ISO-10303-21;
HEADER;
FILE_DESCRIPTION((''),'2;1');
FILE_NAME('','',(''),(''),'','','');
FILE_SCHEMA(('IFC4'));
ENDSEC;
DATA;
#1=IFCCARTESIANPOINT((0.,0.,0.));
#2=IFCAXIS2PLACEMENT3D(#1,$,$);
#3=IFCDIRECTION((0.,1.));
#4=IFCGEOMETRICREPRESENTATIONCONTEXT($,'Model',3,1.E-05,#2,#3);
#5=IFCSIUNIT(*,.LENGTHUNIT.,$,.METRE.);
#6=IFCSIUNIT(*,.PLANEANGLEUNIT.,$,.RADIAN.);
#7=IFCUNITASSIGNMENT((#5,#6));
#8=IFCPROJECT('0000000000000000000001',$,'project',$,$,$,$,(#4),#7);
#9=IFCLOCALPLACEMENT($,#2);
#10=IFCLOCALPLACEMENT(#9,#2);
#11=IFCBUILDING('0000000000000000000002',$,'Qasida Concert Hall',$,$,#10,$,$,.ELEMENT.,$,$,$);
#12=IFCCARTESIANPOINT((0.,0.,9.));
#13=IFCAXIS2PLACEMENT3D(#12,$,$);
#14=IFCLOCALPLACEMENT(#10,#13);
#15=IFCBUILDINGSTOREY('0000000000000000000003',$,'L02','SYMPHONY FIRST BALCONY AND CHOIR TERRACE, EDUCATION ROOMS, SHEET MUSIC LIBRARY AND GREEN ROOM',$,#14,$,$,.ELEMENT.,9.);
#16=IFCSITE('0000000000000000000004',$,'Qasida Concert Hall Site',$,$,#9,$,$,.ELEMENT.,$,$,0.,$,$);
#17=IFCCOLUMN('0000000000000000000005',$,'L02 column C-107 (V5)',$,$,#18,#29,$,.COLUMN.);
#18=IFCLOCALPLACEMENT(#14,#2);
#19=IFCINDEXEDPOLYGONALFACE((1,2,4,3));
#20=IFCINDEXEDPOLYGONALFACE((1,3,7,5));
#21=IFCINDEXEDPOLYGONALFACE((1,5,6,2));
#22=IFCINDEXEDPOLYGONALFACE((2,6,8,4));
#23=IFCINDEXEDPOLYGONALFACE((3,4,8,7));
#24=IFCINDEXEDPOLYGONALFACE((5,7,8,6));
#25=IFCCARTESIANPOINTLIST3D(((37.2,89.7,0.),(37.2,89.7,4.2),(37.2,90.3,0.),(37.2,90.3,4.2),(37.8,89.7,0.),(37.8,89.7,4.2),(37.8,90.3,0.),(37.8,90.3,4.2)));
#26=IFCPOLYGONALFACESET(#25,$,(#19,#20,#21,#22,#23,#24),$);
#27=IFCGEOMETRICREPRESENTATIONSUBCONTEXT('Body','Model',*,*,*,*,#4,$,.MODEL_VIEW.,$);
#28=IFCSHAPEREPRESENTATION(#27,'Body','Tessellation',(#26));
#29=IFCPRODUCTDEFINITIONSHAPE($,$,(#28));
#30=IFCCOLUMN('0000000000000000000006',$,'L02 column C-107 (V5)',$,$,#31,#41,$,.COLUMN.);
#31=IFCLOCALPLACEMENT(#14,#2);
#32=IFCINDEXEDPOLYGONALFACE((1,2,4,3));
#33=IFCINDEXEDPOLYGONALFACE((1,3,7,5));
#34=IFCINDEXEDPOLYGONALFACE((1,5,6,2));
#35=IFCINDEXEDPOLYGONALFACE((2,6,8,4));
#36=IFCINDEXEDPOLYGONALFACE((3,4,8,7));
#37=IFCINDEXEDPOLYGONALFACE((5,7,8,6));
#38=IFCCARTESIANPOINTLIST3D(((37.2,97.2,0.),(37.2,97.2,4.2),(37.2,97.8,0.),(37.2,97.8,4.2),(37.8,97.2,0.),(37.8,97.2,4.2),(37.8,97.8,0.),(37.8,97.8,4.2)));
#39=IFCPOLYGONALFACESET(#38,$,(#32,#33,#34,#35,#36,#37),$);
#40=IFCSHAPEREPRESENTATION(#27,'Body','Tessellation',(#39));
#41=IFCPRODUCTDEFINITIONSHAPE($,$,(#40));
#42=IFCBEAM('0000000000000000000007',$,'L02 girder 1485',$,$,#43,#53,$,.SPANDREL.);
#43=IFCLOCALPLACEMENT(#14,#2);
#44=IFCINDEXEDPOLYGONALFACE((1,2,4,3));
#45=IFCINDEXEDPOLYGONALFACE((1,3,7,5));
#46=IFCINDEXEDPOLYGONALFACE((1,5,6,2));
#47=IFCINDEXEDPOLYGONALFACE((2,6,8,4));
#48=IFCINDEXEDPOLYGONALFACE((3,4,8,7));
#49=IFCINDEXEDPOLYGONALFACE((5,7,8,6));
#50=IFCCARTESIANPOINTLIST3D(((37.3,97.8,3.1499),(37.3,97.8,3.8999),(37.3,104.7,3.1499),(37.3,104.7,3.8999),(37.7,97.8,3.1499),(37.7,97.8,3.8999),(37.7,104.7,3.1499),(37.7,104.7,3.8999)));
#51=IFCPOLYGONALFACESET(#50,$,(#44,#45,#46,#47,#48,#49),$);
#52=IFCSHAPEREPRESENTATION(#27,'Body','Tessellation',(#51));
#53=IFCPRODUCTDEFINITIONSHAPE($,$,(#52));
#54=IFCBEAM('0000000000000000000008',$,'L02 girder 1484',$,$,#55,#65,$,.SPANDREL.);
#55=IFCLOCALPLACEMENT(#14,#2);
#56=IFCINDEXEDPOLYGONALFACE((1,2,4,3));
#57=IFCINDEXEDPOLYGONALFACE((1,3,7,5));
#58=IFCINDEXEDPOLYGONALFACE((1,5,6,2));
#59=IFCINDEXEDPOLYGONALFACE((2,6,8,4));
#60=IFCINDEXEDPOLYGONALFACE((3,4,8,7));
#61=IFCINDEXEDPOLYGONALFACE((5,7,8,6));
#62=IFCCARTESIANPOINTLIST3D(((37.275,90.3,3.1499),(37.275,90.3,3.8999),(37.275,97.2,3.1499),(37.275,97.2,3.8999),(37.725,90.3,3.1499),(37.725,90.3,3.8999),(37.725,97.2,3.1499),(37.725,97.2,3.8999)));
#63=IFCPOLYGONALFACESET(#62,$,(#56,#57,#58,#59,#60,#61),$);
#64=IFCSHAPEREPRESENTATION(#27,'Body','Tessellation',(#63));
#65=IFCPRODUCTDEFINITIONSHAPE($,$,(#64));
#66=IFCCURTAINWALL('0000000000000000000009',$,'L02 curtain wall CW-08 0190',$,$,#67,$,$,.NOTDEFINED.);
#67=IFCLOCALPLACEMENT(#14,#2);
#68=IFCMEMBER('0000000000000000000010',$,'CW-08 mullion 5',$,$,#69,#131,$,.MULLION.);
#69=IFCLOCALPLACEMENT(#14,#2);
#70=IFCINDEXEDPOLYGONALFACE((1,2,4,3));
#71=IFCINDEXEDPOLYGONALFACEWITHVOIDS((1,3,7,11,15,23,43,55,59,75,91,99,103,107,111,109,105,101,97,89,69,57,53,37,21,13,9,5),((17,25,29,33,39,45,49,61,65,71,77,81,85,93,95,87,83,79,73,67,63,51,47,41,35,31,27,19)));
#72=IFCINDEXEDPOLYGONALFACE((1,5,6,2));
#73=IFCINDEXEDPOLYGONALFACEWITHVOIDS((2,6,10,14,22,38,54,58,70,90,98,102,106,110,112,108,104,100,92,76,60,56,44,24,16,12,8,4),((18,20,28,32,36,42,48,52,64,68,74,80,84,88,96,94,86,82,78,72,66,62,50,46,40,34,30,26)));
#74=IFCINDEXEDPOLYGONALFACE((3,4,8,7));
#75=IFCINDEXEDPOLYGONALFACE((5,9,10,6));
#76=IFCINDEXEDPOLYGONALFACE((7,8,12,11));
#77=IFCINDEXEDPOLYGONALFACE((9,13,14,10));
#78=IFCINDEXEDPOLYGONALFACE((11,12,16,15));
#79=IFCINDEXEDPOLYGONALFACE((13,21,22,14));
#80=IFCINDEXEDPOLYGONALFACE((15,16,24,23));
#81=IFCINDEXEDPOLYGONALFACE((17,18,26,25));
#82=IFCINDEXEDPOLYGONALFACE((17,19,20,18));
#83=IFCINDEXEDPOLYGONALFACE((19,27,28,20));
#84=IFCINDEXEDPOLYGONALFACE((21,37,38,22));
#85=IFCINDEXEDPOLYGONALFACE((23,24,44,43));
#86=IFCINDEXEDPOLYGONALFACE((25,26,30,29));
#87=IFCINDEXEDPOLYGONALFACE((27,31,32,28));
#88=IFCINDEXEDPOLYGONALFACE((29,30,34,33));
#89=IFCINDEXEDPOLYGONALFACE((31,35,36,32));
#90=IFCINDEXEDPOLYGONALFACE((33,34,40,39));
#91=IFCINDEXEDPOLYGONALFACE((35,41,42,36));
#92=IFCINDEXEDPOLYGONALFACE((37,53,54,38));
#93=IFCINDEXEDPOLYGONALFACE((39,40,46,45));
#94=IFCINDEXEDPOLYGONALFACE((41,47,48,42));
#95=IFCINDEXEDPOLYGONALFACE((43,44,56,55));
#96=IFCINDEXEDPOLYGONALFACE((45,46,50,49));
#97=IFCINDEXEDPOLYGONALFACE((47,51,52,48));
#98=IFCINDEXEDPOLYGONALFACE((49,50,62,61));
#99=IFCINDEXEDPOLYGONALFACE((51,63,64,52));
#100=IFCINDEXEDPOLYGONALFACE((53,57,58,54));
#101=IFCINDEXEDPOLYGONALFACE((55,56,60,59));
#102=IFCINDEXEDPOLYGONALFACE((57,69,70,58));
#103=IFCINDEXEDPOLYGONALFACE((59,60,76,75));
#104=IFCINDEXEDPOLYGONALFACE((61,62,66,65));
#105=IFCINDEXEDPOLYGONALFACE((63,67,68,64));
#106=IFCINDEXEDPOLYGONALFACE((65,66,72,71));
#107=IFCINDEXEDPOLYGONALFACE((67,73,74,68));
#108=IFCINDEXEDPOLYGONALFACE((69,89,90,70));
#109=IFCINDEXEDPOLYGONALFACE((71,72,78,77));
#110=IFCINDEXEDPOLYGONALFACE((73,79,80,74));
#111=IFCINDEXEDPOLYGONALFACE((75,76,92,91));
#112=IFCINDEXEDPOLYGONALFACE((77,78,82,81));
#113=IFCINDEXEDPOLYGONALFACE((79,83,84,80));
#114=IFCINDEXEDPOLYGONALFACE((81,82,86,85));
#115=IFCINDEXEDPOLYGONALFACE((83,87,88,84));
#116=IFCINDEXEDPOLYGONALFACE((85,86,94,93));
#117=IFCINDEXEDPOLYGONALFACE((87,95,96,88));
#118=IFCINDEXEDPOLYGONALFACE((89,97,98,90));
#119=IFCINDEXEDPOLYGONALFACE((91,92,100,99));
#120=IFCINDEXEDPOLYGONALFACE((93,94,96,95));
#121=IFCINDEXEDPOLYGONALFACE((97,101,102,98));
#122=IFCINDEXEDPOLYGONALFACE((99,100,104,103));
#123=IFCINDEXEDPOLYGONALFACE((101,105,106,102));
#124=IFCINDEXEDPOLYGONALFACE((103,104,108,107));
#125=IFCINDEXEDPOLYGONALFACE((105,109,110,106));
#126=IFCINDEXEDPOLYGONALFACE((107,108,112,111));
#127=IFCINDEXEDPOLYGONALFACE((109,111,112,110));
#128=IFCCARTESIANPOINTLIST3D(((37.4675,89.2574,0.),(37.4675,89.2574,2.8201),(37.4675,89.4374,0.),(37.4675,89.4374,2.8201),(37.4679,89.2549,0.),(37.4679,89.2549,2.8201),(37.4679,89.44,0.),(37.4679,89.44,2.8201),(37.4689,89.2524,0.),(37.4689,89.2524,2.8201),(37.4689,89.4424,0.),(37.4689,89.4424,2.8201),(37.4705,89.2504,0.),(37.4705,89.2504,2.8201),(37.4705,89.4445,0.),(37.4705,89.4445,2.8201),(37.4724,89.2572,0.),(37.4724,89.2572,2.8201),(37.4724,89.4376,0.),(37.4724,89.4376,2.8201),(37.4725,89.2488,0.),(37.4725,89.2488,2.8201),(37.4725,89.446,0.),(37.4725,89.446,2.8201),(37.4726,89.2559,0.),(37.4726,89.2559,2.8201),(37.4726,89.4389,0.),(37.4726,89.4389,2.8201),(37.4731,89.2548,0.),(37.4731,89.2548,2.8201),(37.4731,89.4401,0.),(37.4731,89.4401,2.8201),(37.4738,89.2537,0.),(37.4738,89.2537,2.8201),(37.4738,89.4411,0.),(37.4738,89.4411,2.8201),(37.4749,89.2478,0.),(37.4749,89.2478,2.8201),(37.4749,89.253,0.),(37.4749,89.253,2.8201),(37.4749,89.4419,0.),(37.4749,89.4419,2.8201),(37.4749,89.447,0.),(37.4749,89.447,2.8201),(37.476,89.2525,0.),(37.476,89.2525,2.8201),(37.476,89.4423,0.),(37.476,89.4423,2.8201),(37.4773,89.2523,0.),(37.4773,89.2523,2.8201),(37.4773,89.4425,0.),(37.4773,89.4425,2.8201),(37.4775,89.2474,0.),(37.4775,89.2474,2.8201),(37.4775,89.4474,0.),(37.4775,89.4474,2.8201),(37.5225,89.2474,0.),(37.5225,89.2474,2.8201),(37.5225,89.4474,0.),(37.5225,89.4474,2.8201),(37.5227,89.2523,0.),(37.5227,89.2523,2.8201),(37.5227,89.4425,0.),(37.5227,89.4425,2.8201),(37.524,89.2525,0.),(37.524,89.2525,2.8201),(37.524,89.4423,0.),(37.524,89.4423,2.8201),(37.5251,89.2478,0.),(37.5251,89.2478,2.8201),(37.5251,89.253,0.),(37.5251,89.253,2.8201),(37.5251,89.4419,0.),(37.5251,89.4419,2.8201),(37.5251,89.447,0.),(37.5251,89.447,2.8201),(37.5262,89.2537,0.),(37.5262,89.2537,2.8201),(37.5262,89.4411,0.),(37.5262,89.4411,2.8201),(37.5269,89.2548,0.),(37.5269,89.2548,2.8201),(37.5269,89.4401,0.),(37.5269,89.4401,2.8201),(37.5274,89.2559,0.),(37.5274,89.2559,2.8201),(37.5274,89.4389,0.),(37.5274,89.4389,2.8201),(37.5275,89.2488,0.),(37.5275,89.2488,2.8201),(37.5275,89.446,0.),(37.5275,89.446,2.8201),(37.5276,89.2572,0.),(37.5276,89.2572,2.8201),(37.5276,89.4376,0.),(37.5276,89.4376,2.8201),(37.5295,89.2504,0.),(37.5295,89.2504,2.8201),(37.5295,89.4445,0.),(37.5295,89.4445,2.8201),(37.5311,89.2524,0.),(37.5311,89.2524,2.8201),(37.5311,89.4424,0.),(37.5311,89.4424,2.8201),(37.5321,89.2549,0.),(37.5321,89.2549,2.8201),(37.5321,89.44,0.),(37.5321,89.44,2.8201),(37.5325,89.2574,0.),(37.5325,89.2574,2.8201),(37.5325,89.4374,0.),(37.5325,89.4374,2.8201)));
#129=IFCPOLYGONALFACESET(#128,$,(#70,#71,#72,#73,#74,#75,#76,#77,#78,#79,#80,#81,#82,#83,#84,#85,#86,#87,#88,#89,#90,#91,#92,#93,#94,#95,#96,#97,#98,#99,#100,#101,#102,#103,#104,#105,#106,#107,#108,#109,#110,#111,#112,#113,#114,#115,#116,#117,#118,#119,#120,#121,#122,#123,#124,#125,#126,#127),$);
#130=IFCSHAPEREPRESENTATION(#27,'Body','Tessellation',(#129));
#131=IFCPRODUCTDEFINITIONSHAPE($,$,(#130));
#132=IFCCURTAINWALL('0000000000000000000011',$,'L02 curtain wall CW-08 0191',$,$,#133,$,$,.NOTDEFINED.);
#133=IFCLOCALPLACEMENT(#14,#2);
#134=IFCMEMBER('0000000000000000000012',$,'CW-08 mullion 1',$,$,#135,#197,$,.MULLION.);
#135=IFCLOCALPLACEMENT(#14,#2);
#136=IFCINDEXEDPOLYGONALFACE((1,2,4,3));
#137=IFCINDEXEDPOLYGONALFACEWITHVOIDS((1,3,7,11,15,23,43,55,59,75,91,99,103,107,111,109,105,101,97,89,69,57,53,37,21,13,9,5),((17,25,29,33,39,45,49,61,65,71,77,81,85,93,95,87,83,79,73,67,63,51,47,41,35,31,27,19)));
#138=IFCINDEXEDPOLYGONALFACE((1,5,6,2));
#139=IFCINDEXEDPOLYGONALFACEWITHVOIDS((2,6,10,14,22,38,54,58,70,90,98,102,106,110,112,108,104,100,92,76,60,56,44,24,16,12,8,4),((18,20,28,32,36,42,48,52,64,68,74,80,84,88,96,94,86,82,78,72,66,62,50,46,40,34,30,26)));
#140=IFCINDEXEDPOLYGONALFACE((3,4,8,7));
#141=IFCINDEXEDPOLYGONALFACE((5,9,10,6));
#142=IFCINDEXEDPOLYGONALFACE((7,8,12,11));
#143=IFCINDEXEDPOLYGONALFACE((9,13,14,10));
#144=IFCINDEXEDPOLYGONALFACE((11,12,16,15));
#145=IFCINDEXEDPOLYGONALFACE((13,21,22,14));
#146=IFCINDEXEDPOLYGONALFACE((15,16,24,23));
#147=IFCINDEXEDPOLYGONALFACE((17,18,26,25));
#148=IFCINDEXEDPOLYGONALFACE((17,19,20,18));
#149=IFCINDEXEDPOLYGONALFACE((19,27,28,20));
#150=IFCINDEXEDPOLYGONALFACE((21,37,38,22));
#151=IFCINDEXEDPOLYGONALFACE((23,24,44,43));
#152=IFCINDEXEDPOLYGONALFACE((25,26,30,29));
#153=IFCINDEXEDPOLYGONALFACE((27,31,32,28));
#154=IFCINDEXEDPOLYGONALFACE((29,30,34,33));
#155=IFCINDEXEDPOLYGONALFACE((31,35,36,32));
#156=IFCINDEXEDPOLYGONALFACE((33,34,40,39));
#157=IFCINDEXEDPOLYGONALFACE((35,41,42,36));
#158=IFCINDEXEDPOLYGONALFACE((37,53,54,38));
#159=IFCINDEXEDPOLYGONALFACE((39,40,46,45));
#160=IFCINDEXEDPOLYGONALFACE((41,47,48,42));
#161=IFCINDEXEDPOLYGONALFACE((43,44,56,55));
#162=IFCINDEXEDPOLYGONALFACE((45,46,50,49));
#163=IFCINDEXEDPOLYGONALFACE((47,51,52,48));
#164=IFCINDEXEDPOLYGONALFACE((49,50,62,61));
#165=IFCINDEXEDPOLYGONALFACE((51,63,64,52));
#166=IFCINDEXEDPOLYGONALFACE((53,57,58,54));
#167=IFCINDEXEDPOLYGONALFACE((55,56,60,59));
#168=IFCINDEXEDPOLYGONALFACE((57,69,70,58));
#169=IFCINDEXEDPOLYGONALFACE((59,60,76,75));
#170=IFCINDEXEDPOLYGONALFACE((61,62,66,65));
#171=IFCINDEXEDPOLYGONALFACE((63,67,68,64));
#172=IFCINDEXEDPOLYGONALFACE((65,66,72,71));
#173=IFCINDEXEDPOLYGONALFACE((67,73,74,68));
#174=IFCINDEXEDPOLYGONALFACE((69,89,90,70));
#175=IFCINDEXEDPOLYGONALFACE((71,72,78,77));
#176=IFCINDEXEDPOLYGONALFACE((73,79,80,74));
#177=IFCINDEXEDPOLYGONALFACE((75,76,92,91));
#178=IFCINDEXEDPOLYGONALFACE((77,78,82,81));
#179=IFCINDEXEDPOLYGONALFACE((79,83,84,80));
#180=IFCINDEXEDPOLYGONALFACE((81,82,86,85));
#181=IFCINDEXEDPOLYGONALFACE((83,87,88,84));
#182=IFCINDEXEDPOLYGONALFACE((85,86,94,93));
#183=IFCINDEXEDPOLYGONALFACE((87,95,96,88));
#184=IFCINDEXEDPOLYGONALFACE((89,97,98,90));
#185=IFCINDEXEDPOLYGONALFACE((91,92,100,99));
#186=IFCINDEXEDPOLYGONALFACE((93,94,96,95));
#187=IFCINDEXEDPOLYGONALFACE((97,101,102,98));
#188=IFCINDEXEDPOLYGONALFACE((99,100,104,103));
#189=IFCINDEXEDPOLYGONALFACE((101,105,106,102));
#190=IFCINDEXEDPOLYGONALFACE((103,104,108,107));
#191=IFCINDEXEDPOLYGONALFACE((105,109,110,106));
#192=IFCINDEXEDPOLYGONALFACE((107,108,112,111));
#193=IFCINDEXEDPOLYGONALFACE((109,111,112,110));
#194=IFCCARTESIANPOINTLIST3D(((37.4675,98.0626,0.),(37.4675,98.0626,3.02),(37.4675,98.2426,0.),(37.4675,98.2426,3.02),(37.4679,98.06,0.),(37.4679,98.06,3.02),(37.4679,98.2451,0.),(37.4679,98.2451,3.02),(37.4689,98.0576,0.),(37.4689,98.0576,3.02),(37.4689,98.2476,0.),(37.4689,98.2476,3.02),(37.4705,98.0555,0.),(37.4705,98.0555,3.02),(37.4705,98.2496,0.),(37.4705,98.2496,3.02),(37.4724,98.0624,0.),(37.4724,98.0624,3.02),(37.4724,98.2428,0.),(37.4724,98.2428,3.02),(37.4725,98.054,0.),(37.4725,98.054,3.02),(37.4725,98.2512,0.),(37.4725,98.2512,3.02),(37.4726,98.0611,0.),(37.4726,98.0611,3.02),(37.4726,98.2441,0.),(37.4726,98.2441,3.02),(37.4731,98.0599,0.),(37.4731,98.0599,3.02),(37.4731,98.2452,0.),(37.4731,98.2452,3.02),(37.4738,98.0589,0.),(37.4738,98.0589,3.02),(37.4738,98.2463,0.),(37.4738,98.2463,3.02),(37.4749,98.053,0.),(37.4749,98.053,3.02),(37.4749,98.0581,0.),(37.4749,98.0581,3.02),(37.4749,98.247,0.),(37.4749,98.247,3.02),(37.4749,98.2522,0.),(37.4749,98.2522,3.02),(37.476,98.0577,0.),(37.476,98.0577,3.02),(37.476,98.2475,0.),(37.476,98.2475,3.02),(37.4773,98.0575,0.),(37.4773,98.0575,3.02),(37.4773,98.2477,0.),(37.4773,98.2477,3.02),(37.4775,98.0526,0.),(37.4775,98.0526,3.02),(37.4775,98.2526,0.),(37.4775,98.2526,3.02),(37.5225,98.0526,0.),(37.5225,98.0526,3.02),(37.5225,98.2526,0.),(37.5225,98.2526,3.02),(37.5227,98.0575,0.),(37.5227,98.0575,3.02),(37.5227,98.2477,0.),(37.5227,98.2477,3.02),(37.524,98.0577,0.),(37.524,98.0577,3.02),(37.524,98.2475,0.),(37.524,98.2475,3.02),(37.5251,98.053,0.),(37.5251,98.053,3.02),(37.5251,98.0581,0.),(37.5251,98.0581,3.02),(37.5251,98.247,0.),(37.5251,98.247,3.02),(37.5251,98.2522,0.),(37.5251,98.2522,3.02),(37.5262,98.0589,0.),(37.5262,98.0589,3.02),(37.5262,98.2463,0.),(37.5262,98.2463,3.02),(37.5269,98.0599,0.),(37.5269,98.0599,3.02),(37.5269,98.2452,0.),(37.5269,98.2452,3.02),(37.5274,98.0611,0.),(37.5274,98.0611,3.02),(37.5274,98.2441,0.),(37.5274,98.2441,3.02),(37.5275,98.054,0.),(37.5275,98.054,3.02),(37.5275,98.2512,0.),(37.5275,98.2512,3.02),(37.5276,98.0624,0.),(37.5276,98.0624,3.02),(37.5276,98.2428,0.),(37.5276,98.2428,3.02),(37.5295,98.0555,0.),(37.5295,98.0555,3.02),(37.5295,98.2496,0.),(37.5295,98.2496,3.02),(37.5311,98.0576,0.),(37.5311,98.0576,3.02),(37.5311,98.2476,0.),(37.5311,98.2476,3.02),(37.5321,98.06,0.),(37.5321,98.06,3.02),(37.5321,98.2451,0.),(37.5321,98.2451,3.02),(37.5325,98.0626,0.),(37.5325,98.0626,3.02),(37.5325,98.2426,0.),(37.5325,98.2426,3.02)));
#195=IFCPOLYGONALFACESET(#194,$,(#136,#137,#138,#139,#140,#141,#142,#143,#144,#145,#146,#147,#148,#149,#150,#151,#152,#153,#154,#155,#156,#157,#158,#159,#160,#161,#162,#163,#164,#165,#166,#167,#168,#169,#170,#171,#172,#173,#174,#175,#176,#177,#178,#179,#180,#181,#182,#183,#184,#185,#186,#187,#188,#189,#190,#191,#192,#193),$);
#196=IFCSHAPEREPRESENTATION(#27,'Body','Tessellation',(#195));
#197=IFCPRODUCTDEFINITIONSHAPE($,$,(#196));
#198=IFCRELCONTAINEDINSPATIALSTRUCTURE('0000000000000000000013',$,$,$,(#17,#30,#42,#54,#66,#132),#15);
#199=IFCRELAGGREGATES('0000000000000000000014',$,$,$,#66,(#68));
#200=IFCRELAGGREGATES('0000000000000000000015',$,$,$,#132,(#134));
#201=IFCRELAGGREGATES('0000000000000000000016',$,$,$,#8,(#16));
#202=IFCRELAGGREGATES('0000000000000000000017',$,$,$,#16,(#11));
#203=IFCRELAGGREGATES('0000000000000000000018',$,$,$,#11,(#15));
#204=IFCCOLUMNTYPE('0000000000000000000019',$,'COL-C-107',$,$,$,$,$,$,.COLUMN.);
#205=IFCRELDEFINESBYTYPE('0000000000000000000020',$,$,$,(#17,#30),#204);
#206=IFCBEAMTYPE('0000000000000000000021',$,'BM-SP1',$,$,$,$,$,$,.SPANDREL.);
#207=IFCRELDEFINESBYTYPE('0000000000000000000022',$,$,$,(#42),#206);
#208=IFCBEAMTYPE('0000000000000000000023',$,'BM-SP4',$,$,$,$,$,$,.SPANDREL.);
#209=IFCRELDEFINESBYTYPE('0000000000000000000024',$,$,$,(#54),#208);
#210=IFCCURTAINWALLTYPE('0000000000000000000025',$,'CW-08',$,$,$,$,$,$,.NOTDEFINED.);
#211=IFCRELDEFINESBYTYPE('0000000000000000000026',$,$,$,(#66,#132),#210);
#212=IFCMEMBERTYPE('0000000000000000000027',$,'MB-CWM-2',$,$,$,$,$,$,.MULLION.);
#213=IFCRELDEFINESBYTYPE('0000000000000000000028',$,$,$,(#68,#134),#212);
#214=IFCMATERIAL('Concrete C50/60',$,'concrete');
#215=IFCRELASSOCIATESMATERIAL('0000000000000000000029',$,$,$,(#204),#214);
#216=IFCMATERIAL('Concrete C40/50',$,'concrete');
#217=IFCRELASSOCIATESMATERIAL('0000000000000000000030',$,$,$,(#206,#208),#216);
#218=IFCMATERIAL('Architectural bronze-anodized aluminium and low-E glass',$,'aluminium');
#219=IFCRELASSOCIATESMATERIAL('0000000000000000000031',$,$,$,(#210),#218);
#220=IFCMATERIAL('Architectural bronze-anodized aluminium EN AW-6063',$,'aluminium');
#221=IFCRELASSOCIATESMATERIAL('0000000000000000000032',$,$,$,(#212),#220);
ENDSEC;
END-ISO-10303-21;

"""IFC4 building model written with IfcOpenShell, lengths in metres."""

from ifc_helpers import new_model, si_unit, direction, frame, origin, origin_2d, place, context, subcontext, project, spatial, rectangle, hollow_rectangle, extrude, material, material_profile, profile_set, type_object, element, aggregate, save


model = new_model("IFC4")

# Units and contexts
model_context = context("Model", 3, precision=1e-05, world=origin(), true_north=direction((0.0, 1.0)))
body_context = subcontext(model_context, "Body", "Model", "MODEL_VIEW")
ifc_project = project(units=[si_unit("LENGTHUNIT", "METRE"), si_unit("PLANEANGLEUNIT", "RADIAN")], contexts=[model_context])

# Site, building, storey
site_placement = place(None, origin())
site = spatial("IfcSite", under=ifc_project, at=site_placement, Name="Qasida Concert Hall Site", CompositionType="ELEMENT", RefElevation=0.0)
building_placement = place(site_placement, origin())
building = spatial("IfcBuilding", under=site, at=building_placement, Name="Qasida Concert Hall", CompositionType="ELEMENT")
storey_placement = place(building_placement, frame((0.0, 0.0, 9.0)))
storey = spatial("IfcBuildingStorey", under=building, at=storey_placement, Name="L02", Description="SYMPHONY FIRST BALCONY AND CHOIR TERRACE, EDUCATION ROOMS, SHEET MUSIC LIBRARY AND GREEN ROOM", CompositionType="ELEMENT", Elevation=9.0)

# Columns
ifc_material_1 = material(Name="Concrete C50/60", Category="concrete")
ifc_material_profile_1 = material_profile(ifc_material_1, rectangle(XDim=0.6001, YDim=0.6001, at=origin_2d()), Name="RC 600x600")
ifc_profile_set_1 = profile_set([ifc_material_profile_1], Name="Concrete C50/60")
column_type = type_object("IfcColumnType", Name="COL-C-107", PredefinedType="COLUMN", material=ifc_profile_set_1)
for number, where, z_axis, x_axis, name in (
    (1, (37.5, 90.0, 0.0), (0.0, 0.0, 1.0), (1.0, 0.0, 0.0), "L02 column C-107 (V5)"),
    (2, (37.5, 97.5, 0.0), (0.0, 0.0, 1.0), (1.0, 0.0, 0.0), "L02 column C-107 (V5)"),
):
    element("IfcColumn", number, at=place(storey_placement, frame(where, z_axis=z_axis, x_axis=x_axis)), inside=storey, type_object=column_type, Name=name, PredefinedType="COLUMN", context=body_context, shape_type="SweptSolid", body=[
        extrude(rectangle(XDim=0.6001, YDim=0.6001, at=origin_2d()), origin(), (0.0, 0.0, 1.0), 4.2),
    ])

# Beams
ifc_material_2 = material(Name="Concrete C40/50", Category="concrete")
ifc_material_profile_2 = material_profile(ifc_material_2, rectangle(XDim=0.3999, YDim=0.75, at=origin_2d()), Name="RC 400x750")
ifc_profile_set_2 = profile_set([ifc_material_profile_2], Name="Concrete C40/50")
beam_type_1 = type_object("IfcBeamType", Name="BM-SP1", PredefinedType="SPANDREL", material=ifc_profile_set_2)
beam_1_placement = place(storey_placement, frame((37.5, 97.8, 3.5249), z_axis=(0.0, 1.0, 0.0), x_axis=(-1.0, 0.0, 0.0)))
element("IfcBeam", 3, at=beam_1_placement, inside=storey, type_object=beam_type_1, Name="L02 girder 1485", PredefinedType="SPANDREL", context=body_context, shape_type="SweptSolid", body=[
    extrude(rectangle(XDim=0.3999, YDim=0.75, at=origin_2d()), origin(), (0.0, 0.0, 1.0), 6.8999),
])
ifc_material_profile_3 = material_profile(ifc_material_2, rectangle(XDim=0.45, YDim=0.75, at=origin_2d()), Name="RC 450x750")
ifc_profile_set_3 = profile_set([ifc_material_profile_3], Name="Concrete C40/50")
beam_type_2 = type_object("IfcBeamType", Name="BM-SP4", PredefinedType="SPANDREL", material=ifc_profile_set_3)
beam_2_placement = place(storey_placement, frame((37.5, 90.3, 3.5249), z_axis=(0.0, 1.0, 0.0), x_axis=(-1.0, 0.0, 0.0)))
element("IfcBeam", 4, at=beam_2_placement, inside=storey, type_object=beam_type_2, Name="L02 girder 1484", PredefinedType="SPANDREL", context=body_context, shape_type="SweptSolid", body=[
    extrude(rectangle(XDim=0.45, YDim=0.75, at=origin_2d()), origin(), (0.0, 0.0, 1.0), 6.8999),
])

# Curtain wall, member
ifc_material_3 = material(Name="Architectural bronze-anodized aluminium and low-E glass", Category="aluminium")
curtain_wall_type = type_object("IfcCurtainWallType", Name="CW-08", PredefinedType="NOTDEFINED", material=ifc_material_3)
curtain_wall_1_placement = place(storey_placement, origin())
curtain_wall_1 = element("IfcCurtainWall", 5, at=curtain_wall_1_placement, inside=storey, type_object=curtain_wall_type, Name="L02 curtain wall CW-08 0190", PredefinedType="NOTDEFINED")
ifc_material_4 = material(Name="Architectural bronze-anodized aluminium EN AW-6063", Category="aluminium")
ifc_material_profile_4 = material_profile(ifc_material_4, hollow_rectangle(XDim=0.0649, YDim=0.2, WallThickness=0.0049, InnerFilletRadius=0.0049, OuterFilletRadius=0.01, at=origin_2d()), Name="CWM 200x65x5")
ifc_profile_set_4 = profile_set([ifc_material_profile_4], Name="Architectural bronze-anodized aluminium EN AW-6063")
member_type_1 = type_object("IfcMemberType", Name="MB-CWM-2", PredefinedType="MULLION", material=ifc_profile_set_4)
member_1_placement = place(storey_placement, frame((37.5, 89.3474, 0.0), z_axis=(0.0, 0.0, 1.0), x_axis=(-1.0, 0.0, 0.0)))
member_1 = element("IfcMember", 6, at=member_1_placement, type_object=member_type_1, Name="CW-08 mullion 5", PredefinedType="MULLION", context=body_context, shape_type="SweptSolid", body=[
    extrude(hollow_rectangle(XDim=0.0649, YDim=0.2, WallThickness=0.0049, InnerFilletRadius=0.0049, OuterFilletRadius=0.01, at=origin_2d()), origin(), (0.0, 0.0, 1.0), 2.8201),
])

# Curtain wall, member
curtain_wall_2_placement = place(storey_placement, origin())
curtain_wall_2 = element("IfcCurtainWall", 7, at=curtain_wall_2_placement, inside=storey, type_object=curtain_wall_type, Name="L02 curtain wall CW-08 0191", PredefinedType="NOTDEFINED")
member_2_placement = place(storey_placement, frame((37.5, 98.1526, 0.0), z_axis=(0.0, 0.0, 1.0), x_axis=(-1.0, 0.0, 0.0)))
member_2 = element("IfcMember", 8, at=member_2_placement, type_object=member_type_1, Name="CW-08 mullion 1", PredefinedType="MULLION", context=body_context, shape_type="SweptSolid", body=[
    extrude(hollow_rectangle(XDim=0.0649, YDim=0.2, WallThickness=0.0049, InnerFilletRadius=0.0049, OuterFilletRadius=0.01, at=origin_2d()), origin(), (0.0, 0.0, 1.0), 3.02),
])

aggregate(curtain_wall_1, [member_1])
aggregate(curtain_wall_2, [member_2])

save(model, "model.ifc")
